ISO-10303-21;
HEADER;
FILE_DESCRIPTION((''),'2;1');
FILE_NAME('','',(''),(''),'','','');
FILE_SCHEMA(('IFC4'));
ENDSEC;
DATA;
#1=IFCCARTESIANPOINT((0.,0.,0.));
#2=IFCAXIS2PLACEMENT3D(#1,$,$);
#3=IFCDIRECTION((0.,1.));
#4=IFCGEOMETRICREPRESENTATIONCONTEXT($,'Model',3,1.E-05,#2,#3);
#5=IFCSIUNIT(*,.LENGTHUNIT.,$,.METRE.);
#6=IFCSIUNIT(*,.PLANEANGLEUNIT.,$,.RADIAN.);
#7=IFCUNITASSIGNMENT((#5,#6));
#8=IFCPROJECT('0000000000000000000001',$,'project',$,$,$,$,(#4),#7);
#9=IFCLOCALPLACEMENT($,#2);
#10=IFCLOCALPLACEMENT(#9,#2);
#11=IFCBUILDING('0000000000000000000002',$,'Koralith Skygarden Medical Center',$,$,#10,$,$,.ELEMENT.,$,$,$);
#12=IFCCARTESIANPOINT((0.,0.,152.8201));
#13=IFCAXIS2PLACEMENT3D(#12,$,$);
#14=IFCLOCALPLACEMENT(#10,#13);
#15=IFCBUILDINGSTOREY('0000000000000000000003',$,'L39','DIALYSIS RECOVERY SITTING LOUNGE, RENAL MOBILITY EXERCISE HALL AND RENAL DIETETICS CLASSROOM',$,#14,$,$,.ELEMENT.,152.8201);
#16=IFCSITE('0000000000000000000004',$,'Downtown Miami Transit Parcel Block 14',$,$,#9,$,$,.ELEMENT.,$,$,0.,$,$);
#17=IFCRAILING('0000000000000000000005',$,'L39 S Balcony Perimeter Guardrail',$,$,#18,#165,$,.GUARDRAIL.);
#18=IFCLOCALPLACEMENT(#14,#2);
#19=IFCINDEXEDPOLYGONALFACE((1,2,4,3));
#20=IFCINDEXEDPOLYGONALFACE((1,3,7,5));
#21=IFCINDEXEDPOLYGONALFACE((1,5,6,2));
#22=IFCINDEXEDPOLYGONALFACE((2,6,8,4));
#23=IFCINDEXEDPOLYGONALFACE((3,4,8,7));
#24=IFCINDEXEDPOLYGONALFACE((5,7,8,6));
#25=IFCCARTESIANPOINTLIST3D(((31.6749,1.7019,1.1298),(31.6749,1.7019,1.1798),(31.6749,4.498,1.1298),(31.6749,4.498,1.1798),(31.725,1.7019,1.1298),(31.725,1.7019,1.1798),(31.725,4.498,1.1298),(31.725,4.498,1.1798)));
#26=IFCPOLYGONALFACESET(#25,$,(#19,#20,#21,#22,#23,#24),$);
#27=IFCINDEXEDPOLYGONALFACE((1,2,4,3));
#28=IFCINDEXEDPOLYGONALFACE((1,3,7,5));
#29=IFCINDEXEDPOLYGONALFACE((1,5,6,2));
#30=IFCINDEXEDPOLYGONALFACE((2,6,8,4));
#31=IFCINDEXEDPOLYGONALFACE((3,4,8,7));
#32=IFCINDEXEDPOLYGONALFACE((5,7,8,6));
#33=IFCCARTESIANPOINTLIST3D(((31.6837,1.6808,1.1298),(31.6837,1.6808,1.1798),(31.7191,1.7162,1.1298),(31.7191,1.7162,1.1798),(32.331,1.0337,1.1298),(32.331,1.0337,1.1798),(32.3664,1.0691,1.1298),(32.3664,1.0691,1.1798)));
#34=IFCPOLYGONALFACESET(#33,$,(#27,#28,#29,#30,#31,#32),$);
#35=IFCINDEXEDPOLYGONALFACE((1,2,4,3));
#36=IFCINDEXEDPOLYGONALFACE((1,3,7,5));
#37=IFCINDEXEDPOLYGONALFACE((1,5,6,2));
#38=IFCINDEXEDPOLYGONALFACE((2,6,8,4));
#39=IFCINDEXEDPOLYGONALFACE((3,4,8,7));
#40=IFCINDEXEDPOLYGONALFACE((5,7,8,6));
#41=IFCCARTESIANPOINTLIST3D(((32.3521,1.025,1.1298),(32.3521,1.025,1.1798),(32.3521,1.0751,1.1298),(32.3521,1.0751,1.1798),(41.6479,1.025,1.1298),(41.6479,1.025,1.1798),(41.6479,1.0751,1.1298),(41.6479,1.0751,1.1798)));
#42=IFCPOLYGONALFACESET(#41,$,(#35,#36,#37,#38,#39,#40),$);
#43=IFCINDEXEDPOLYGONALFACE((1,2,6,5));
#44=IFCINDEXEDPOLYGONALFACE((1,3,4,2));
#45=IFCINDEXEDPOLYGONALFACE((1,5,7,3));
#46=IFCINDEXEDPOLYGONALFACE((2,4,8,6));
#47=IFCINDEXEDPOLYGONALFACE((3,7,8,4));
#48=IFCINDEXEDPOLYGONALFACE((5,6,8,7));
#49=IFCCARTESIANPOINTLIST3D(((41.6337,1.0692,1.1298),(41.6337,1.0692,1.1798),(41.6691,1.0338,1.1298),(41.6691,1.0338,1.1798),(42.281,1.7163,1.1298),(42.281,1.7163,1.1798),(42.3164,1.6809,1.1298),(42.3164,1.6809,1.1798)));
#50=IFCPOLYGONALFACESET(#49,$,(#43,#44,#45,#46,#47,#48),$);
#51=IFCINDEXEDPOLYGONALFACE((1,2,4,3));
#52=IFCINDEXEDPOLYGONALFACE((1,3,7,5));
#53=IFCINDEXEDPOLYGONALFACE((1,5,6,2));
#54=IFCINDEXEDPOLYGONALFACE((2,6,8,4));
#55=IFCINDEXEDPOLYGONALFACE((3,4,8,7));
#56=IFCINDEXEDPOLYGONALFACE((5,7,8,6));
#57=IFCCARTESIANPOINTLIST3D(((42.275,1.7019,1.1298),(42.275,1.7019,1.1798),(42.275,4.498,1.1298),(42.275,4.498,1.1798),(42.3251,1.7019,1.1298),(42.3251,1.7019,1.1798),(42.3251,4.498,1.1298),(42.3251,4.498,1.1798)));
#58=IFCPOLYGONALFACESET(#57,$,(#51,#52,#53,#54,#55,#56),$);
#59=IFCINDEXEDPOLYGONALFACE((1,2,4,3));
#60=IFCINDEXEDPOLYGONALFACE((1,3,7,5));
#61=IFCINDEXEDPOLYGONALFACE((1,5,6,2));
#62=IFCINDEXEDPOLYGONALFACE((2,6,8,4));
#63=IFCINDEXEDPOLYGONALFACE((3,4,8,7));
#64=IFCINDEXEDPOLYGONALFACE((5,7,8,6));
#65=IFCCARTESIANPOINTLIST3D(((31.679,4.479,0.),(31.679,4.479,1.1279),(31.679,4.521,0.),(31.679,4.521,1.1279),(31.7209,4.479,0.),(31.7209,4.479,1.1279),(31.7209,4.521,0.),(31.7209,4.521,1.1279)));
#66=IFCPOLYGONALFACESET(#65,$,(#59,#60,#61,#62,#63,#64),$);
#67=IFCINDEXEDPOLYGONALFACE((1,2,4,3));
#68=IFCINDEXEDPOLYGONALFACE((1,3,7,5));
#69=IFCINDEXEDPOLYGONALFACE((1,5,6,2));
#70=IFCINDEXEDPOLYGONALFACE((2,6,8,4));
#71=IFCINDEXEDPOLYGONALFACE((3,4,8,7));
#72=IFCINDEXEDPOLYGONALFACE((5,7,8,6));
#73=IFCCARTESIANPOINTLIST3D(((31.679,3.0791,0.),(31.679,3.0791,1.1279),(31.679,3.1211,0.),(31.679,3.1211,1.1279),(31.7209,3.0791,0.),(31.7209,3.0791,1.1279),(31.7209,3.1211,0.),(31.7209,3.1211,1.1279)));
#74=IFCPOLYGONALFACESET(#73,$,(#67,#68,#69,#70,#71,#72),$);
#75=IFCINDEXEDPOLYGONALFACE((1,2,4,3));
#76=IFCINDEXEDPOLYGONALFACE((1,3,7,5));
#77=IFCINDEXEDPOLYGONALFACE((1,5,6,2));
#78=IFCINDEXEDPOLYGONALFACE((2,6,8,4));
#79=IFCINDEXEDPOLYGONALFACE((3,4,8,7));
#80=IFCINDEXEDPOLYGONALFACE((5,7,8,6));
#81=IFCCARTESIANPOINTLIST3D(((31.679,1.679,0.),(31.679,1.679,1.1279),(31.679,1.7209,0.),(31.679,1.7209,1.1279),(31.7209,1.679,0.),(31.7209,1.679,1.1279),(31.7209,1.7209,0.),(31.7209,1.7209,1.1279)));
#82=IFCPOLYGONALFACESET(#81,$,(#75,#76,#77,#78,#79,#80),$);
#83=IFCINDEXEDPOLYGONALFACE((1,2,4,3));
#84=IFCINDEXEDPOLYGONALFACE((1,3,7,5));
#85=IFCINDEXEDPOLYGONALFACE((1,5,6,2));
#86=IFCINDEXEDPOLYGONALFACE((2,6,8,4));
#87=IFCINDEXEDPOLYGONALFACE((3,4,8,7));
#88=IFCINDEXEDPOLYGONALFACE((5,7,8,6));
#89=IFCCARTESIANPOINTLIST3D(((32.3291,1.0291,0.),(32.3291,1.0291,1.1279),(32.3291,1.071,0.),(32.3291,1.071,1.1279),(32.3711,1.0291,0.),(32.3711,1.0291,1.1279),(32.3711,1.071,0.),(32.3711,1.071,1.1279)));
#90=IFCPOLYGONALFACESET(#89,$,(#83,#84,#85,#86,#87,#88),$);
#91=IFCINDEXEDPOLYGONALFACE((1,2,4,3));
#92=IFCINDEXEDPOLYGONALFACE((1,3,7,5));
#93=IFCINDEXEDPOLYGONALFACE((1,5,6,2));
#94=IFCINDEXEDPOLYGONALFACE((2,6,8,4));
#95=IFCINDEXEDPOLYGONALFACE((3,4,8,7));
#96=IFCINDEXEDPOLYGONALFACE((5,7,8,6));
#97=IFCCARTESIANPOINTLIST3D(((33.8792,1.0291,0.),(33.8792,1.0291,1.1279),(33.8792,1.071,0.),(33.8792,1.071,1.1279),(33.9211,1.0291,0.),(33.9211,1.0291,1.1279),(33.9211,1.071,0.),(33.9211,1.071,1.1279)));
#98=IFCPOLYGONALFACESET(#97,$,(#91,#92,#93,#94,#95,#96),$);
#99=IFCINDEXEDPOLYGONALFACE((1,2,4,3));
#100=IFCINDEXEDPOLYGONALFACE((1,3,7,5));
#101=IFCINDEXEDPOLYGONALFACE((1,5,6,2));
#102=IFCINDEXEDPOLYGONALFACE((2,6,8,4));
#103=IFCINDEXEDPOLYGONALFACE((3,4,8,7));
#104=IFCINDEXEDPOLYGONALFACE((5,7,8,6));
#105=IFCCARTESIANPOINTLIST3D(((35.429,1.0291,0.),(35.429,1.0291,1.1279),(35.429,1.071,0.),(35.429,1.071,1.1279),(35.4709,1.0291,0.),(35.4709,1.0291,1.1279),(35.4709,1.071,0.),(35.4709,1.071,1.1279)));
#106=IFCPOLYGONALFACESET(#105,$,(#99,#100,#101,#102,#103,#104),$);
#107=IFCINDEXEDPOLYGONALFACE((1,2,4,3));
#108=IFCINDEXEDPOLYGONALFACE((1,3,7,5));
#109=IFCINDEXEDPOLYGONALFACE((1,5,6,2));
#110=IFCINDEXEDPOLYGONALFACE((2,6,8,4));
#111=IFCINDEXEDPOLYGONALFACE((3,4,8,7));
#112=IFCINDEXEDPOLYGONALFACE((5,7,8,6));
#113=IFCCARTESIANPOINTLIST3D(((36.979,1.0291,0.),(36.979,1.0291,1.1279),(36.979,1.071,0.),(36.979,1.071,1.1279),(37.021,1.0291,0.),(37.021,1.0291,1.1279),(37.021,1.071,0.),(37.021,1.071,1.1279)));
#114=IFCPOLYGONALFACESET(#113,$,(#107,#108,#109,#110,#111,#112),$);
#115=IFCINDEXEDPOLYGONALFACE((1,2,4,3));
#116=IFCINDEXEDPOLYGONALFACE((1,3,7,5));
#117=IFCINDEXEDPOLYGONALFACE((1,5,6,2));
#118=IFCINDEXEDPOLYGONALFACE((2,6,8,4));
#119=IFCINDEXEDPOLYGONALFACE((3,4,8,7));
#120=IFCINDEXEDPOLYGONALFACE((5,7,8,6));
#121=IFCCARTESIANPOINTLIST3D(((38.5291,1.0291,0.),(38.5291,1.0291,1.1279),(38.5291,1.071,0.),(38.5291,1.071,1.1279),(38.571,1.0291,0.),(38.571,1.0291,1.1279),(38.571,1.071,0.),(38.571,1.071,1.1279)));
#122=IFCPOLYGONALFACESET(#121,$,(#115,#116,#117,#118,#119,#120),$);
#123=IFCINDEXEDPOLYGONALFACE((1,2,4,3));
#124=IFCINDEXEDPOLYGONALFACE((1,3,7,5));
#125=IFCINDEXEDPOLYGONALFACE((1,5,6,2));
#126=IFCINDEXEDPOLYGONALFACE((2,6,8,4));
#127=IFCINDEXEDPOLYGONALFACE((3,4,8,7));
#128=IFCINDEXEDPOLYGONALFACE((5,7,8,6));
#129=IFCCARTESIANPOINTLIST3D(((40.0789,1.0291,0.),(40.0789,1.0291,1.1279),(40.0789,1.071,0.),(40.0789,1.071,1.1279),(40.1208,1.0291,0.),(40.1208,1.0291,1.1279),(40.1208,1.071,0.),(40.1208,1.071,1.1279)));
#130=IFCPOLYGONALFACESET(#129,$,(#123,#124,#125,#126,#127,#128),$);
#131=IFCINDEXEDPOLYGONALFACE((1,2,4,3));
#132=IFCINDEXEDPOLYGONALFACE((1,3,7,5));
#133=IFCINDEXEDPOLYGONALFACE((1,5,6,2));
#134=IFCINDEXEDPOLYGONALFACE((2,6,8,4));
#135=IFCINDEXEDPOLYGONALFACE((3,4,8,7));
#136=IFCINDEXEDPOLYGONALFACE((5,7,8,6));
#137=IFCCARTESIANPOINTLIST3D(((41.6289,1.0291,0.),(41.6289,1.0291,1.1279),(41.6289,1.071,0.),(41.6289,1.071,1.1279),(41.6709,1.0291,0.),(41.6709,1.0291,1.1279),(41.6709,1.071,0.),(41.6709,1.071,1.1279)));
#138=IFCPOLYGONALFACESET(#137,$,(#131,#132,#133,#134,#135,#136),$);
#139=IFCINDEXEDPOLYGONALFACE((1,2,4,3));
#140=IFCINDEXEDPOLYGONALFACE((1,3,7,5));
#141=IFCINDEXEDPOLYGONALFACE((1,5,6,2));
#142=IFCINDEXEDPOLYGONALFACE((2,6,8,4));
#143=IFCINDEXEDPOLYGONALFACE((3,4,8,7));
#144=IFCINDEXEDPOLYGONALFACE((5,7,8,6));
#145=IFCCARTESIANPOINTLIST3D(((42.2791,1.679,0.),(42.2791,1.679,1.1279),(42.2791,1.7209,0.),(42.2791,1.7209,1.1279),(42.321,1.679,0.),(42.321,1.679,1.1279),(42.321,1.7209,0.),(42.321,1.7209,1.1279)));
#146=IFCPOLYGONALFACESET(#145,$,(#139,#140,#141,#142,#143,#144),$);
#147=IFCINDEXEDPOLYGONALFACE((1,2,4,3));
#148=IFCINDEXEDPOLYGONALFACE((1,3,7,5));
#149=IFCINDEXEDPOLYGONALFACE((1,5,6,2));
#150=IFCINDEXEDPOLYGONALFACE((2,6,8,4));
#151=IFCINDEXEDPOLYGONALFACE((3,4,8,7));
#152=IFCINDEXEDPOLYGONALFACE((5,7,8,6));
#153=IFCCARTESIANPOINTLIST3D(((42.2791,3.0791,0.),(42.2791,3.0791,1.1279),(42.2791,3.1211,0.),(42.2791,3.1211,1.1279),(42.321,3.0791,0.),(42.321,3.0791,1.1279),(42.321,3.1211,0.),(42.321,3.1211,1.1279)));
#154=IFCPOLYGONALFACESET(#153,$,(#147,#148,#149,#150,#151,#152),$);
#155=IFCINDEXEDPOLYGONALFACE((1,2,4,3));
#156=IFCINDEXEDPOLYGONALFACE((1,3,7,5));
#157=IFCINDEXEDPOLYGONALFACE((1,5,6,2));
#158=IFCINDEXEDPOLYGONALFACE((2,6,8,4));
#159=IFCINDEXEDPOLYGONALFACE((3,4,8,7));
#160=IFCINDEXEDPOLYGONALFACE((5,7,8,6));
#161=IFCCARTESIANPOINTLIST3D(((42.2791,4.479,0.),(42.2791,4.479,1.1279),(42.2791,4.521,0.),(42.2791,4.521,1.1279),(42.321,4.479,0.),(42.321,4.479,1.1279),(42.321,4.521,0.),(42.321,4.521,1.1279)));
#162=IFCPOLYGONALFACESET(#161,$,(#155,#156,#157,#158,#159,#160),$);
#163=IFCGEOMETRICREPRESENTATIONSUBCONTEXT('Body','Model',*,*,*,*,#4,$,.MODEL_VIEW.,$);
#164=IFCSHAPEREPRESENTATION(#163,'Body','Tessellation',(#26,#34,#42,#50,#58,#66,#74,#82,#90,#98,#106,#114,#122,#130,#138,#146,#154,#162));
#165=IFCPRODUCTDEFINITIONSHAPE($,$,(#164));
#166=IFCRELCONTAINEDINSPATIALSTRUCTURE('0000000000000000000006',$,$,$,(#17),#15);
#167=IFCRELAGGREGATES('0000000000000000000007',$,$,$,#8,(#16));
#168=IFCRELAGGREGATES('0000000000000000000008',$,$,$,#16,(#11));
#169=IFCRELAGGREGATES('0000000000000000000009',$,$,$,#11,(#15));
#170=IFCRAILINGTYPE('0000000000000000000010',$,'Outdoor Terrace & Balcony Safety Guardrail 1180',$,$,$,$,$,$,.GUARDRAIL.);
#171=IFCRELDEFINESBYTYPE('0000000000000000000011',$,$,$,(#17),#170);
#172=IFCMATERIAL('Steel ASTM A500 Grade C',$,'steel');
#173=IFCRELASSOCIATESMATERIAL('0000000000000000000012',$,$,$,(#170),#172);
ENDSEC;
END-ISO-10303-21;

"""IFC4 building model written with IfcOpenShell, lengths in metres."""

from ifc_helpers import new_model, si_unit, direction, frame, origin, origin_2d, place, context, subcontext, project, spatial, rectangle, extrude, material, type_object, element, save


model = new_model("IFC4")

# Units and contexts
model_context = context("Model", 3, precision=1e-05, world=origin(), true_north=direction((0.0, 1.0)))
body_context = subcontext(model_context, "Body", "Model", "MODEL_VIEW")
ifc_project = project(units=[si_unit("LENGTHUNIT", "METRE"), si_unit("PLANEANGLEUNIT", "RADIAN")], contexts=[model_context])

# Site, building, storey
site_placement = place(None, origin())
site = spatial("IfcSite", under=ifc_project, at=site_placement, Name="Downtown Miami Transit Parcel Block 14", CompositionType="ELEMENT", RefElevation=0.0)
building_placement = place(site_placement, origin())
building = spatial("IfcBuilding", under=site, at=building_placement, Name="Koralith Skygarden Medical Center", CompositionType="ELEMENT")
storey_placement = place(building_placement, frame((0.0, 0.0, 152.8201)))
storey = spatial("IfcBuildingStorey", under=building, at=storey_placement, Name="L39", Description="DIALYSIS RECOVERY SITTING LOUNGE, RENAL MOBILITY EXERCISE HALL AND RENAL DIETETICS CLASSROOM", CompositionType="ELEMENT", Elevation=152.8201)

# Railing
ifc_material_1 = material(Name="Steel ASTM A500 Grade C", Category="steel")
railing_type = type_object("IfcRailingType", Name="Outdoor Terrace & Balcony Safety Guardrail 1180", PredefinedType="GUARDRAIL", material=ifc_material_1)
railing_placement = place(storey_placement, frame((31.7, 4.5, 0.0)))
element("IfcRailing", 1, at=railing_placement, inside=storey, type_object=railing_type, Name="L39 S Balcony Perimeter Guardrail", PredefinedType="GUARDRAIL", context=body_context, shape_type="SweptSolid", body=[
    extrude(rectangle(XDim=0.05, YDim=0.05, at=origin_2d()), frame((0.0, -0.002, 1.1548), z_axis=(0.0, -1.0, 0.0), x_axis=(1.0, 0.0, 0.0)), (0.0, 0.0, 1.0), 2.7961),
    extrude(rectangle(XDim=0.05, YDim=0.05, at=origin_2d()), frame((0.0015, -2.8015, 1.1548), z_axis=(0.70724, -0.706974, 0.0), x_axis=(0.706974, 0.70724, 0.0)), (0.0, 0.0, 1.0), 0.9153),
    extrude(rectangle(XDim=0.05, YDim=0.05, at=origin_2d()), frame((0.6521, -3.45, 1.1548), z_axis=(1.0, 0.0, 0.0), x_axis=(0.0, 1.0, 0.0)), (0.0, 0.0, 1.0), 9.2959),
    extrude(rectangle(XDim=0.05, YDim=0.05, at=origin_2d()), frame((9.9514, -3.4485, 1.1548), z_axis=(0.70724, 0.706974, 0.0), x_axis=(-0.706974, 0.70724, 0.0)), (0.0, 0.0, 1.0), 0.9153),
    extrude(rectangle(XDim=0.05, YDim=0.05, at=origin_2d()), frame((10.6001, -2.7981, 1.1548), z_axis=(0.0, 1.0, 0.0), x_axis=(-1.0, 0.0, 0.0)), (0.0, 0.0, 1.0), 2.7961),
    extrude(rectangle(XDim=0.042, YDim=0.042, at=origin_2d()), origin(), (0.0, 0.0, 1.0), 1.1279),
    extrude(rectangle(XDim=0.042, YDim=0.042, at=origin_2d()), frame((0.0, -1.3999, 0.0)), (0.0, 0.0, 1.0), 1.1279),
    extrude(rectangle(XDim=0.042, YDim=0.042, at=origin_2d()), frame((0.0, -2.8, 0.0)), (0.0, 0.0, 1.0), 1.1279),
    extrude(rectangle(XDim=0.042, YDim=0.042, at=origin_2d()), frame((0.6501, -3.45, 0.0)), (0.0, 0.0, 1.0), 1.1279),
    extrude(rectangle(XDim=0.042, YDim=0.042, at=origin_2d()), frame((2.2002, -3.45, 0.0)), (0.0, 0.0, 1.0), 1.1279),
    extrude(rectangle(XDim=0.042, YDim=0.042, at=origin_2d()), frame((3.75, -3.45, 0.0)), (0.0, 0.0, 1.0), 1.1279),
    extrude(rectangle(XDim=0.042, YDim=0.042, at=origin_2d()), frame((5.3, -3.45, 0.0)), (0.0, 0.0, 1.0), 1.1279),
    extrude(rectangle(XDim=0.042, YDim=0.042, at=origin_2d()), frame((6.8501, -3.45, 0.0)), (0.0, 0.0, 1.0), 1.1279),
    extrude(rectangle(XDim=0.042, YDim=0.042, at=origin_2d()), frame((8.3999, -3.45, 0.0)), (0.0, 0.0, 1.0), 1.1279),
    extrude(rectangle(XDim=0.042, YDim=0.042, at=origin_2d()), frame((9.95, -3.45, 0.0)), (0.0, 0.0, 1.0), 1.1279),
    extrude(rectangle(XDim=0.042, YDim=0.042, at=origin_2d()), frame((10.6001, -2.8, 0.0)), (0.0, 0.0, 1.0), 1.1279),
    extrude(rectangle(XDim=0.042, YDim=0.042, at=origin_2d()), frame((10.6001, -1.3999, 0.0)), (0.0, 0.0, 1.0), 1.1279),
    extrude(rectangle(XDim=0.042, YDim=0.042, at=origin_2d()), frame((10.6001, 0.0, 0.0)), (0.0, 0.0, 1.0), 1.1279),
])

save(model, "model.ifc")
